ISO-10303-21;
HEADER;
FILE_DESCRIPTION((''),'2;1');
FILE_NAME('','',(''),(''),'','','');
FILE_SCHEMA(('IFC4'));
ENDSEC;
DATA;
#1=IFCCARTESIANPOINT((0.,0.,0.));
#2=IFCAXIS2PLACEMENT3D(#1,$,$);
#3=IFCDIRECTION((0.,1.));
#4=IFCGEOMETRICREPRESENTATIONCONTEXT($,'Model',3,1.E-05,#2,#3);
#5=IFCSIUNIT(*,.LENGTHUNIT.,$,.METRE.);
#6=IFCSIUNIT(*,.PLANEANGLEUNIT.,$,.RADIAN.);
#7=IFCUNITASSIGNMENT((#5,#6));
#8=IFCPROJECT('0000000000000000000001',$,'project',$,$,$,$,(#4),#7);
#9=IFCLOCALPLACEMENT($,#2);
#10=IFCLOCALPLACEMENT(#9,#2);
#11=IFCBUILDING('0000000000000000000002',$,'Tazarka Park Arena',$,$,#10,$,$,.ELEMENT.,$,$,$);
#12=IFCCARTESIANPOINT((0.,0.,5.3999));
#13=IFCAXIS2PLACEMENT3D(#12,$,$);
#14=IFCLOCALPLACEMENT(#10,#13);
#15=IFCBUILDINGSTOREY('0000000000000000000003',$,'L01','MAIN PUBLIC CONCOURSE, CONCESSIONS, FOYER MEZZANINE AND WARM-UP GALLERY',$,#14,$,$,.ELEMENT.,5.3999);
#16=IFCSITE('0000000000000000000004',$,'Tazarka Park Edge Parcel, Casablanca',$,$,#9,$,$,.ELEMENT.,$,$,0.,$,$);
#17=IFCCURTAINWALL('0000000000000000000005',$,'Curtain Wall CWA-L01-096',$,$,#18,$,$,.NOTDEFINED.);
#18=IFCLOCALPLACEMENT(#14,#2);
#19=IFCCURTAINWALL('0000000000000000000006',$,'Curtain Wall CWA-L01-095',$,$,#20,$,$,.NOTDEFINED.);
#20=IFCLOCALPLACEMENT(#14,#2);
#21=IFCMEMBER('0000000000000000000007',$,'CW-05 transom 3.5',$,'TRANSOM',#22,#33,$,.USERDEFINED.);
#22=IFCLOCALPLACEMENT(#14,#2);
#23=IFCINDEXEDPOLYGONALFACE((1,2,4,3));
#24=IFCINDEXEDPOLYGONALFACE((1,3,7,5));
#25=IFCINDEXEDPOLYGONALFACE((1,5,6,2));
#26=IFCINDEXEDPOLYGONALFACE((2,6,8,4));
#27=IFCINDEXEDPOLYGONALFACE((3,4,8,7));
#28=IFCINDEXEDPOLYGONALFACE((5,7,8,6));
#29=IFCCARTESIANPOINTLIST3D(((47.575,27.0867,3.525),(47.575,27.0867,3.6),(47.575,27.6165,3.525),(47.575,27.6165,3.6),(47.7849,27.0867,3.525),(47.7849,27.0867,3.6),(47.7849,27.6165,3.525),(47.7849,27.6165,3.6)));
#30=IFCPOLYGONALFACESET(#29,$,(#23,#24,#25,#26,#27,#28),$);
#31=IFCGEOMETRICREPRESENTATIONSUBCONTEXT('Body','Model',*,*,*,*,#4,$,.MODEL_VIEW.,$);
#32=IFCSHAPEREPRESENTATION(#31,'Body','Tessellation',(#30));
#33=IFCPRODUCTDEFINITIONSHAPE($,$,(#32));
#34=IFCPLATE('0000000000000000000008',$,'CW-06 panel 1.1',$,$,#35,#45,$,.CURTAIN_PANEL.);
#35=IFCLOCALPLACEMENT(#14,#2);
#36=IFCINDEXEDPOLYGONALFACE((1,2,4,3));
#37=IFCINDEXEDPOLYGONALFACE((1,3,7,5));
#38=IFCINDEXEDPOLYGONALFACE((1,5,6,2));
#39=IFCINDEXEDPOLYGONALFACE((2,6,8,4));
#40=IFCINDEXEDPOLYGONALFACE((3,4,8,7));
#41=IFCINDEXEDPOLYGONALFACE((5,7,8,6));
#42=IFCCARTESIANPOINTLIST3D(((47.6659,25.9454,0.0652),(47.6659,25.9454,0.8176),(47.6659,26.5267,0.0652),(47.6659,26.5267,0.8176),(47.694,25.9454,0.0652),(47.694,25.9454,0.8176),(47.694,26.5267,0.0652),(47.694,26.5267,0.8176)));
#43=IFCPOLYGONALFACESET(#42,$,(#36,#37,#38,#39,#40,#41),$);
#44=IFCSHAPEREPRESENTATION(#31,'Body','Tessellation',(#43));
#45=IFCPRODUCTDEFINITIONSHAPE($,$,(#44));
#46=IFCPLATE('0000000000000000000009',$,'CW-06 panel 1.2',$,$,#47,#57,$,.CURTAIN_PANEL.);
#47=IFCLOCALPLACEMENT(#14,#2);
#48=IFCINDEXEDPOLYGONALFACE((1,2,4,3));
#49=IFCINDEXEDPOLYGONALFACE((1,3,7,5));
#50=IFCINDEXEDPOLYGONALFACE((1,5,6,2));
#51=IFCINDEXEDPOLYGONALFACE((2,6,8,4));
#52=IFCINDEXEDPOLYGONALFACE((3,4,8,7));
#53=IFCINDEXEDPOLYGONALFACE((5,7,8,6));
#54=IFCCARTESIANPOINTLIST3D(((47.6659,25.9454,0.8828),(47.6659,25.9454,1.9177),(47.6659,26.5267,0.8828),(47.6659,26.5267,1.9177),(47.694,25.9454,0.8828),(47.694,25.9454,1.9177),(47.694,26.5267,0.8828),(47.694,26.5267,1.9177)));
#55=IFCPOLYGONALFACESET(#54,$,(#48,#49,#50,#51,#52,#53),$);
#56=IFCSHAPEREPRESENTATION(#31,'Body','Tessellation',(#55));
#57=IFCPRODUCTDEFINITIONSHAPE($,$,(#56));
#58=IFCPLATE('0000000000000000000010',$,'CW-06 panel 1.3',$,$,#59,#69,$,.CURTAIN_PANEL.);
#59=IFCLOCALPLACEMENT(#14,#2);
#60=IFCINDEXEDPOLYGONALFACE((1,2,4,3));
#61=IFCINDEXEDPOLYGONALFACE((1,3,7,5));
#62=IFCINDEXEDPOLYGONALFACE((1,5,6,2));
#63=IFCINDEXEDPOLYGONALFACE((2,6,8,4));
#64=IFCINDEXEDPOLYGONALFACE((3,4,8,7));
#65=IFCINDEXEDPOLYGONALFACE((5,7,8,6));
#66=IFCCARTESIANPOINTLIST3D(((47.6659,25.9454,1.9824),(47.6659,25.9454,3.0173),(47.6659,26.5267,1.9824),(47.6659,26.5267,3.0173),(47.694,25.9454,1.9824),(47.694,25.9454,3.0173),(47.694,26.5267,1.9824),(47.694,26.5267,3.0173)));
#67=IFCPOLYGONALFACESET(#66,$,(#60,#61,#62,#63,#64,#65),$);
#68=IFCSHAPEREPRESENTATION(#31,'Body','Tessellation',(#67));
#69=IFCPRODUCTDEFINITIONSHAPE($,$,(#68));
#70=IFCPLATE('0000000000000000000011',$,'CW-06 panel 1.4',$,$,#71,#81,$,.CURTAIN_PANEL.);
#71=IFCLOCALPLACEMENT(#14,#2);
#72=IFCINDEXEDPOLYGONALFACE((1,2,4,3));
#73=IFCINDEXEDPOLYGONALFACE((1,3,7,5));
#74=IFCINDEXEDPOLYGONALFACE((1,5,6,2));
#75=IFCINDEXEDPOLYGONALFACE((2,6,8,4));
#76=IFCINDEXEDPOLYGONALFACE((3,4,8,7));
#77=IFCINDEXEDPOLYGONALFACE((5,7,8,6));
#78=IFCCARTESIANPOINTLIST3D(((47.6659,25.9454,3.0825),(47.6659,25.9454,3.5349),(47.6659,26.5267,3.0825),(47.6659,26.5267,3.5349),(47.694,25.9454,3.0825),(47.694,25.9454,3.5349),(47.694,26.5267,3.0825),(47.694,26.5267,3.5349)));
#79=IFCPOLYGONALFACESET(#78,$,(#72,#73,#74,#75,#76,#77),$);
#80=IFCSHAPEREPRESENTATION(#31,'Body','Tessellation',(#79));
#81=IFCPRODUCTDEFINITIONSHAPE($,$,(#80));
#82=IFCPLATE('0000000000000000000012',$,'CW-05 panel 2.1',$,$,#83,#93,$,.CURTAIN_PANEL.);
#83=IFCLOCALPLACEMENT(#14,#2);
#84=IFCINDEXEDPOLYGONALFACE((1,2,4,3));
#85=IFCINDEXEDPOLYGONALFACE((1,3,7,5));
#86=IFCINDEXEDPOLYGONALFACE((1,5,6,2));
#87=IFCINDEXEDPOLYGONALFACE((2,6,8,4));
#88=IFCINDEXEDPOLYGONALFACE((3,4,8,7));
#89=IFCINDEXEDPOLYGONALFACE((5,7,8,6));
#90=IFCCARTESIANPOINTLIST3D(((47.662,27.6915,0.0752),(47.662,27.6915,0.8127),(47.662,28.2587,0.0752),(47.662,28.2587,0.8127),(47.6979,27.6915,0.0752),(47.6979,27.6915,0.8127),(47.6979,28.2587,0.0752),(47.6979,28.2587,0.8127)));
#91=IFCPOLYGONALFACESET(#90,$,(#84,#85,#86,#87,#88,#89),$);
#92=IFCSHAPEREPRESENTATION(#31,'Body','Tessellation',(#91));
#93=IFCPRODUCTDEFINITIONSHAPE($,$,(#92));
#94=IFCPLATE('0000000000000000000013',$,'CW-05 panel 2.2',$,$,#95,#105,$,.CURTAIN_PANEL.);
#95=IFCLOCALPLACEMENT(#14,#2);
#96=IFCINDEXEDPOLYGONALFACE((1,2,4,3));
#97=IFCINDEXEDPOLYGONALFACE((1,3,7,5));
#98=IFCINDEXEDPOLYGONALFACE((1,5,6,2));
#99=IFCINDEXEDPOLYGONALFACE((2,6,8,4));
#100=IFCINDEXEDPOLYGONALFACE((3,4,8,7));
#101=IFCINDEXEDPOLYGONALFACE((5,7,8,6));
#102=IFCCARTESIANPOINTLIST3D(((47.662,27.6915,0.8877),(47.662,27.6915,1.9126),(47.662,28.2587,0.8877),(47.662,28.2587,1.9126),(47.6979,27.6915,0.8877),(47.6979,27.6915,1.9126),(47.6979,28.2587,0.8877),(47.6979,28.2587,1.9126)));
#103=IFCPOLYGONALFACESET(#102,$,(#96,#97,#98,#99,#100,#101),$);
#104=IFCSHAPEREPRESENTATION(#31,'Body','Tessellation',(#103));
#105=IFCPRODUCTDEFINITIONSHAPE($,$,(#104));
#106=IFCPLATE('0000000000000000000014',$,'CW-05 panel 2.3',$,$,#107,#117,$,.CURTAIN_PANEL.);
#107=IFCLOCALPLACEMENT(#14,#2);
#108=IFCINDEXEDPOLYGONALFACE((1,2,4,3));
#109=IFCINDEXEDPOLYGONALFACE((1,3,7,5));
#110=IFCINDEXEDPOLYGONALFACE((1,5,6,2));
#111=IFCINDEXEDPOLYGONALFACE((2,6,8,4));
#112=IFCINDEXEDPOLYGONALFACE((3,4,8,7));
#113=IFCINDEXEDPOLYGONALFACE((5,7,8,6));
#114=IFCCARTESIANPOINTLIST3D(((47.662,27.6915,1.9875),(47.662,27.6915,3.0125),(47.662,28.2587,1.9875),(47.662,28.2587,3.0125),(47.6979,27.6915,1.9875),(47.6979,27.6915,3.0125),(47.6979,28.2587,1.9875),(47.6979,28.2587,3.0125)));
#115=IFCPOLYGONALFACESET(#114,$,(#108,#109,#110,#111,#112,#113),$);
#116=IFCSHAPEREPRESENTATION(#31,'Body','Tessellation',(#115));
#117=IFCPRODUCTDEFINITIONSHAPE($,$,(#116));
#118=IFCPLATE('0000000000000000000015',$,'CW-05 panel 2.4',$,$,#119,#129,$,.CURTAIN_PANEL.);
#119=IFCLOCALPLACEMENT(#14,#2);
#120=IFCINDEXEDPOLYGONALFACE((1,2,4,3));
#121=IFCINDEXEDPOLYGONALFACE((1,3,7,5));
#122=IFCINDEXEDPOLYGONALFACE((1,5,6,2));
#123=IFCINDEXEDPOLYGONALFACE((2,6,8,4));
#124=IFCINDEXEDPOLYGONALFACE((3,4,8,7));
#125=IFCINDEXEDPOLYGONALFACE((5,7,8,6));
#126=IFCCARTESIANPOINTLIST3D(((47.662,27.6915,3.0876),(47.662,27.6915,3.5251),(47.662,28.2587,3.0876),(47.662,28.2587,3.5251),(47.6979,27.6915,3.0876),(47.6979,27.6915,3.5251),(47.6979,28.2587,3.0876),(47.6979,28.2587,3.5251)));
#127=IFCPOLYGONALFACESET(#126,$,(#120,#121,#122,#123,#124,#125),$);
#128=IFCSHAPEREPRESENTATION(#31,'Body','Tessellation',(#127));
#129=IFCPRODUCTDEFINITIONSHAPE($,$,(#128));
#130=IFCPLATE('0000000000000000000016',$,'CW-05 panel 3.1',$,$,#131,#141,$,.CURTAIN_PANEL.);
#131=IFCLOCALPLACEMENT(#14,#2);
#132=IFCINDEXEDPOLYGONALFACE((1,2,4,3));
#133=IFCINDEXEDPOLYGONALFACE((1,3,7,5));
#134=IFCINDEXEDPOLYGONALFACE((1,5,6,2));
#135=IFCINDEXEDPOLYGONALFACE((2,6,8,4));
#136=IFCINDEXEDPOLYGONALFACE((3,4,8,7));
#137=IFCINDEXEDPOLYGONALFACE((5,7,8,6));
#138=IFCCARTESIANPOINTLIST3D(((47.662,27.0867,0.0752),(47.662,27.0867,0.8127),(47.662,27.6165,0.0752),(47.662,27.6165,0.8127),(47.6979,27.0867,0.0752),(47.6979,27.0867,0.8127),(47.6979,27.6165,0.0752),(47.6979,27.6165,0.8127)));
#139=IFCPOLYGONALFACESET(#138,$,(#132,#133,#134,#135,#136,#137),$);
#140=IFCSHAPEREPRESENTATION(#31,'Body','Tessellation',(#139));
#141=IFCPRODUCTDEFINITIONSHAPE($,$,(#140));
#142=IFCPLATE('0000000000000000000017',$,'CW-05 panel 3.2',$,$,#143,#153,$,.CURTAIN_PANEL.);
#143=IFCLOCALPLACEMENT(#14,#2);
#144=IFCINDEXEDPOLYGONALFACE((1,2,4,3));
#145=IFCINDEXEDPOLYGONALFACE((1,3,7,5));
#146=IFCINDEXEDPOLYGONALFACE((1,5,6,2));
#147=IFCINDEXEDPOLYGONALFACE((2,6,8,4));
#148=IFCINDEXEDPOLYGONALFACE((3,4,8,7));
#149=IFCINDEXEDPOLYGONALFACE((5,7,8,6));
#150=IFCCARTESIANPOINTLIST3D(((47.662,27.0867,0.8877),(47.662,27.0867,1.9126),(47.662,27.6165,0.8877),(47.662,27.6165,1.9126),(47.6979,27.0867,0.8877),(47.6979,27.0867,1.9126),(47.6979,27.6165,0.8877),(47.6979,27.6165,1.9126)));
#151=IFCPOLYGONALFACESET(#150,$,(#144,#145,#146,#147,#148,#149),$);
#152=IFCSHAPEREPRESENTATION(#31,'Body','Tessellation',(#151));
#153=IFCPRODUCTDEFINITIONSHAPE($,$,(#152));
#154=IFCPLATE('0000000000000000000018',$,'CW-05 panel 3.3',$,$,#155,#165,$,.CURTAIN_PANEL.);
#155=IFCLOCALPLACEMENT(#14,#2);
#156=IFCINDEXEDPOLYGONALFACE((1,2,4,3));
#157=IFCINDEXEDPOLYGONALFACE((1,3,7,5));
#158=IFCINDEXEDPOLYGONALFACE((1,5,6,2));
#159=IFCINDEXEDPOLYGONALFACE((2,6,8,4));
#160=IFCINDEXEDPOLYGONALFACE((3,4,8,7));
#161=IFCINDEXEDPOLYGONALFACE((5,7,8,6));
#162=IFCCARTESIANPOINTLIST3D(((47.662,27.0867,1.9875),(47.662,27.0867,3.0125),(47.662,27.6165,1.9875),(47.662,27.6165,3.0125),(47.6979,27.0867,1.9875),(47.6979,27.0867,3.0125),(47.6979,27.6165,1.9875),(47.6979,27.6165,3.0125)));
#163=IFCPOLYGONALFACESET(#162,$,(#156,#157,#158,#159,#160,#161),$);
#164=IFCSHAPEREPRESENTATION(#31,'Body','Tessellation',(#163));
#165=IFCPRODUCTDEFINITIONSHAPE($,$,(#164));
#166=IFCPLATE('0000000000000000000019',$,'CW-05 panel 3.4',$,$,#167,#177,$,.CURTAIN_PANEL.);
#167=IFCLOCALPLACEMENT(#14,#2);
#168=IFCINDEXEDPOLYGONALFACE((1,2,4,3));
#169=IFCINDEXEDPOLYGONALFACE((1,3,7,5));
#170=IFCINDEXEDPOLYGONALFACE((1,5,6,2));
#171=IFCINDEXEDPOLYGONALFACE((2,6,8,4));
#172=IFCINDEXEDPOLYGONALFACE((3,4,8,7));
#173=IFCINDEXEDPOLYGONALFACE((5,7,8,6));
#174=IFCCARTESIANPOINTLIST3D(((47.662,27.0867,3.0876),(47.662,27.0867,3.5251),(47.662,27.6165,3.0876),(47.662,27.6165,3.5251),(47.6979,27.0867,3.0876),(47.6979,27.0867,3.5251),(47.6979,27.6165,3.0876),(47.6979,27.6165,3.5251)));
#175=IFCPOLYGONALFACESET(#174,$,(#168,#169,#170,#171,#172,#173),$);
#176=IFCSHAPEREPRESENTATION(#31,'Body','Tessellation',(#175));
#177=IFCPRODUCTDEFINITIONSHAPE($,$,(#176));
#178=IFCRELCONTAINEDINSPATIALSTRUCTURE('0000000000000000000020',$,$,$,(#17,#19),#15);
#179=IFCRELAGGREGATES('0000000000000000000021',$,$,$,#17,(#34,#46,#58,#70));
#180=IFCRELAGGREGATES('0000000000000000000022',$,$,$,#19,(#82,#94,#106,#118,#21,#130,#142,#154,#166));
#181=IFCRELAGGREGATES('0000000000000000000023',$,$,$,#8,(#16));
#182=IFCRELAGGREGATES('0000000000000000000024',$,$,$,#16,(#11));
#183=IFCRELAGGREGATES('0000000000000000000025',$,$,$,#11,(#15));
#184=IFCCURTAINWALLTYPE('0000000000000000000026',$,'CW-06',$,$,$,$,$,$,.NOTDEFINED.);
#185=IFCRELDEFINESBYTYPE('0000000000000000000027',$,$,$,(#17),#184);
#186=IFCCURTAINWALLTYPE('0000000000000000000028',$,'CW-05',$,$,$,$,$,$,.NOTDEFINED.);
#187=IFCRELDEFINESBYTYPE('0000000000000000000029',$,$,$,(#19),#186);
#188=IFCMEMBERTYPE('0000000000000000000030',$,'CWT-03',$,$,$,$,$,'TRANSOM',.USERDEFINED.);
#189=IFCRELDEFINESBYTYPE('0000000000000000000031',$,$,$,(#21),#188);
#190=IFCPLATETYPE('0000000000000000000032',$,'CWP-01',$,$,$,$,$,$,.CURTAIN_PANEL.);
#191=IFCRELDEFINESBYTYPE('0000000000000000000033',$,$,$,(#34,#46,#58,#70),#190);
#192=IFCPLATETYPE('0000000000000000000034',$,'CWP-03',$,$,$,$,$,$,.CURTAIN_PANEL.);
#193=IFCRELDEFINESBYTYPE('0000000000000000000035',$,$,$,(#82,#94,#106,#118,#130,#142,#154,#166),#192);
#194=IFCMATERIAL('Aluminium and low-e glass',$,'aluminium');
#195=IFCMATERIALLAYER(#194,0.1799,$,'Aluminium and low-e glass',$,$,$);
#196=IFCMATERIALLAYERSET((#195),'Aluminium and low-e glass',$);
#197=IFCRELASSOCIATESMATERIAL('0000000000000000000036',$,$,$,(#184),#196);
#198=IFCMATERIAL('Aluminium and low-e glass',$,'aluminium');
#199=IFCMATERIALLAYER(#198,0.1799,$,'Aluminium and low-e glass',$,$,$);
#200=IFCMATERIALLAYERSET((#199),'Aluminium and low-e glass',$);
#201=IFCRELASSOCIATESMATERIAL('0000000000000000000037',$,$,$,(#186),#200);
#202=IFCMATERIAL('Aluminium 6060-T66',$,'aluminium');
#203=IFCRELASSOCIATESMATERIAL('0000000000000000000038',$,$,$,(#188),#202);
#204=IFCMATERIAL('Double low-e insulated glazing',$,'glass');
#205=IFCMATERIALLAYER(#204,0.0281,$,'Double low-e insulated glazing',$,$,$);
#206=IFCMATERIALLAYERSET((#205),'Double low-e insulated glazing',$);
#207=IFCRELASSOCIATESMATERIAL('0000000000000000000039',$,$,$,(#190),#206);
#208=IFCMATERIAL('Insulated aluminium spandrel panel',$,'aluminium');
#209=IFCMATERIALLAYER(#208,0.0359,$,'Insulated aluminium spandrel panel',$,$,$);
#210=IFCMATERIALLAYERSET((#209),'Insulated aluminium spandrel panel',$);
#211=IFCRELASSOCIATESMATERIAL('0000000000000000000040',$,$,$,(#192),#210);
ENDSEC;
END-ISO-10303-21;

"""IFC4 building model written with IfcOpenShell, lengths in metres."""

from ifc_helpers import new_model, si_unit, direction, frame, origin, origin_2d, place, context, subcontext, project, spatial, rectangle, extrude, material, layer, layer_set, material_profile, profile_set, type_object, element, aggregate, save


model = new_model("IFC4")

# Units and contexts
model_context = context("Model", 3, precision=1e-05, world=origin(), true_north=direction((0.0, 1.0)))
body_context = subcontext(model_context, "Body", "Model", "MODEL_VIEW")
ifc_project = project(units=[si_unit("LENGTHUNIT", "METRE"), si_unit("PLANEANGLEUNIT", "RADIAN")], contexts=[model_context])

# Site, building, storey
site_placement = place(None, origin())
site = spatial("IfcSite", under=ifc_project, at=site_placement, Name="Tazarka Park Edge Parcel, Casablanca", CompositionType="ELEMENT", RefElevation=0.0)
building_placement = place(site_placement, origin())
building = spatial("IfcBuilding", under=site, at=building_placement, Name="Tazarka Park Arena", CompositionType="ELEMENT")
storey_placement = place(building_placement, frame((0.0, 0.0, 5.3999)))
storey = spatial("IfcBuildingStorey", under=building, at=storey_placement, Name="L01", Description="MAIN PUBLIC CONCOURSE, CONCESSIONS, FOYER MEZZANINE AND WARM-UP GALLERY", CompositionType="ELEMENT", Elevation=5.3999)

# Curtain wall
ifc_material_1 = material(Name="Aluminium and low-e glass", Category="aluminium")
ifc_layer_1 = layer(ifc_material_1, 0.1799, Name="Aluminium and low-e glass")
ifc_layer_set_1 = layer_set([ifc_layer_1], Name="Aluminium and low-e glass")
curtain_wall_type_1 = type_object("IfcCurtainWallType", Name="CW-06", PredefinedType="NOTDEFINED", material=ifc_layer_set_1)
curtain_wall_1_placement = place(storey_placement, origin())
curtain_wall_1 = element("IfcCurtainWall", 1, at=curtain_wall_1_placement, inside=storey, type_object=curtain_wall_type_1, Name="Curtain Wall CWA-L01-096", PredefinedType="NOTDEFINED")

# Curtain wall
ifc_material_2 = material(Name="Aluminium and low-e glass", Category="aluminium")
ifc_layer_2 = layer(ifc_material_2, 0.1799, Name="Aluminium and low-e glass")
ifc_layer_set_2 = layer_set([ifc_layer_2], Name="Aluminium and low-e glass")
curtain_wall_type_2 = type_object("IfcCurtainWallType", Name="CW-05", PredefinedType="NOTDEFINED", material=ifc_layer_set_2)
curtain_wall_2_placement = place(storey_placement, origin())
curtain_wall_2 = element("IfcCurtainWall", 2, at=curtain_wall_2_placement, inside=storey, type_object=curtain_wall_type_2, Name="Curtain Wall CWA-L01-095", PredefinedType="NOTDEFINED")

# Member
ifc_material_3 = material(Name="Aluminium 6060-T66", Category="aluminium")
ifc_material_profile_1 = material_profile(ifc_material_3, rectangle(XDim=0.21, YDim=0.075, at=origin_2d()), Name="Aluminium 6060-T66")
ifc_profile_set_1 = profile_set([ifc_material_profile_1], Name="Aluminium 6060-T66")
member_type_1 = type_object("IfcMemberType", Name="CWT-03", ElementType="TRANSOM", PredefinedType="USERDEFINED", material=ifc_profile_set_1)
member_1_placement = place(storey_placement, frame((47.6799, 27.6165, 3.5625), z_axis=(0.0, -1.0, 0.0), x_axis=(1.0, 0.0, 0.0)))
member_1 = element("IfcMember", 3, at=member_1_placement, type_object=member_type_1, Name="CW-05 transom 3.5", ObjectType="TRANSOM", PredefinedType="USERDEFINED", context=body_context, shape_type="SweptSolid", body=[
    extrude(rectangle(XDim=0.21, YDim=0.075, at=origin_2d()), origin(), (0.0, 0.0, 1.0), 0.5298),
])

# Plates
ifc_material_4 = material(Name="Double low-e insulated glazing", Category="glass")
ifc_layer_3 = layer(ifc_material_4, 0.0281, Name="Double low-e insulated glazing")
ifc_layer_set_3 = layer_set([ifc_layer_3], Name="Double low-e insulated glazing")
plate_type_1 = type_object("IfcPlateType", Name="CWP-01", PredefinedType="CURTAIN_PANEL", material=ifc_layer_set_3)
plate_1_placement = place(storey_placement, frame((47.6799, 26.2361, 0.0652), z_axis=(0.0, 0.0, 1.0), x_axis=(0.0, -1.0, 0.0)))
plate_1 = element("IfcPlate", 4, at=plate_1_placement, type_object=plate_type_1, Name="CW-06 panel 1.1", PredefinedType="CURTAIN_PANEL", context=body_context, shape_type="SweptSolid", body=[
    extrude(rectangle(XDim=0.5813, YDim=0.0281, at=origin_2d()), origin(), (0.0, 0.0, 1.0), 0.7524),
])
plate_2_placement = place(storey_placement, frame((47.6799, 26.2361, 0.8828), z_axis=(0.0, 0.0, 1.0), x_axis=(0.0, -1.0, 0.0)))
plate_2 = element("IfcPlate", 5, at=plate_2_placement, type_object=plate_type_1, Name="CW-06 panel 1.2", PredefinedType="CURTAIN_PANEL", context=body_context, shape_type="SweptSolid", body=[
    extrude(rectangle(XDim=0.5813, YDim=0.0281, at=origin_2d()), origin(), (0.0, 0.0, 1.0), 1.0349),
])
plate_3_placement = place(storey_placement, frame((47.6799, 26.2361, 1.9824), z_axis=(0.0, 0.0, 1.0), x_axis=(0.0, -1.0, 0.0)))
plate_3 = element("IfcPlate", 6, at=plate_3_placement, type_object=plate_type_1, Name="CW-06 panel 1.3", PredefinedType="CURTAIN_PANEL", context=body_context, shape_type="SweptSolid", body=[
    extrude(rectangle(XDim=0.5813, YDim=0.0281, at=origin_2d()), origin(), (0.0, 0.0, 1.0), 1.0349),
])
plate_4_placement = place(storey_placement, frame((47.6799, 26.2361, 3.0825), z_axis=(0.0, 0.0, 1.0), x_axis=(0.0, -1.0, 0.0)))
plate_4 = element("IfcPlate", 7, at=plate_4_placement, type_object=plate_type_1, Name="CW-06 panel 1.4", PredefinedType="CURTAIN_PANEL", context=body_context, shape_type="SweptSolid", body=[
    extrude(rectangle(XDim=0.5813, YDim=0.0281, at=origin_2d()), origin(), (0.0, 0.0, 1.0), 0.4524),
])
aggregate(curtain_wall_1, [plate_1, plate_2, plate_3, plate_4])
ifc_material_5 = material(Name="Insulated aluminium spandrel panel", Category="aluminium")
ifc_layer_4 = layer(ifc_material_5, 0.0359, Name="Insulated aluminium spandrel panel")
ifc_layer_set_4 = layer_set([ifc_layer_4], Name="Insulated aluminium spandrel panel")
plate_type_2 = type_object("IfcPlateType", Name="CWP-03", PredefinedType="CURTAIN_PANEL", material=ifc_layer_set_4)
plate_5_placement = place(storey_placement, frame((47.6799, 27.9751, 0.0752), z_axis=(0.0, 0.0, 1.0), x_axis=(0.0, -1.0, 0.0)))
plate_5 = element("IfcPlate", 8, at=plate_5_placement, type_object=plate_type_2, Name="CW-05 panel 2.1", PredefinedType="CURTAIN_PANEL", context=body_context, shape_type="SweptSolid", body=[
    extrude(rectangle(XDim=0.5671, YDim=0.0359, at=origin_2d()), origin(), (0.0, 0.0, 1.0), 0.7375),
])
plate_6_placement = place(storey_placement, frame((47.6799, 27.9751, 0.8877), z_axis=(0.0, 0.0, 1.0), x_axis=(0.0, -1.0, 0.0)))
plate_6 = element("IfcPlate", 9, at=plate_6_placement, type_object=plate_type_2, Name="CW-05 panel 2.2", PredefinedType="CURTAIN_PANEL", context=body_context, shape_type="SweptSolid", body=[
    extrude(rectangle(XDim=0.5671, YDim=0.0359, at=origin_2d()), origin(), (0.0, 0.0, 1.0), 1.0249),
])
plate_7_placement = place(storey_placement, frame((47.6799, 27.9751, 1.9875), z_axis=(0.0, 0.0, 1.0), x_axis=(0.0, -1.0, 0.0)))
plate_7 = element("IfcPlate", 10, at=plate_7_placement, type_object=plate_type_2, Name="CW-05 panel 2.3", PredefinedType="CURTAIN_PANEL", context=body_context, shape_type="SweptSolid", body=[
    extrude(rectangle(XDim=0.5671, YDim=0.0359, at=origin_2d()), origin(), (0.0, 0.0, 1.0), 1.0249),
])
plate_8_placement = place(storey_placement, frame((47.6799, 27.9751, 3.0876), z_axis=(0.0, 0.0, 1.0), x_axis=(0.0, -1.0, 0.0)))
plate_8 = element("IfcPlate", 11, at=plate_8_placement, type_object=plate_type_2, Name="CW-05 panel 2.4", PredefinedType="CURTAIN_PANEL", context=body_context, shape_type="SweptSolid", body=[
    extrude(rectangle(XDim=0.5671, YDim=0.0359, at=origin_2d()), origin(), (0.0, 0.0, 1.0), 0.4375),
])
plate_9_placement = place(storey_placement, frame((47.6799, 27.3516, 0.0752), z_axis=(0.0, 0.0, 1.0), x_axis=(0.0, -1.0, 0.0)))
plate_9 = element("IfcPlate", 12, at=plate_9_placement, type_object=plate_type_2, Name="CW-05 panel 3.1", PredefinedType="CURTAIN_PANEL", context=body_context, shape_type="SweptSolid", body=[
    extrude(rectangle(XDim=0.5298, YDim=0.0359, at=origin_2d()), origin(), (0.0, 0.0, 1.0), 0.7375),
])
plate_10_placement = place(storey_placement, frame((47.6799, 27.3516, 0.8877), z_axis=(0.0, 0.0, 1.0), x_axis=(0.0, -1.0, 0.0)))
plate_10 = element("IfcPlate", 13, at=plate_10_placement, type_object=plate_type_2, Name="CW-05 panel 3.2", PredefinedType="CURTAIN_PANEL", context=body_context, shape_type="SweptSolid", body=[
    extrude(rectangle(XDim=0.5298, YDim=0.0359, at=origin_2d()), origin(), (0.0, 0.0, 1.0), 1.0249),
])
plate_11_placement = place(storey_placement, frame((47.6799, 27.3516, 1.9875), z_axis=(0.0, 0.0, 1.0), x_axis=(0.0, -1.0, 0.0)))
plate_11 = element("IfcPlate", 14, at=plate_11_placement, type_object=plate_type_2, Name="CW-05 panel 3.3", PredefinedType="CURTAIN_PANEL", context=body_context, shape_type="SweptSolid", body=[
    extrude(rectangle(XDim=0.5298, YDim=0.0359, at=origin_2d()), origin(), (0.0, 0.0, 1.0), 1.0249),
])
plate_12_placement = place(storey_placement, frame((47.6799, 27.3516, 3.0876), z_axis=(0.0, 0.0, 1.0), x_axis=(0.0, -1.0, 0.0)))
plate_12 = element("IfcPlate", 15, at=plate_12_placement, type_object=plate_type_2, Name="CW-05 panel 3.4", PredefinedType="CURTAIN_PANEL", context=body_context, shape_type="SweptSolid", body=[
    extrude(rectangle(XDim=0.5298, YDim=0.0359, at=origin_2d()), origin(), (0.0, 0.0, 1.0), 0.4375),
])
aggregate(curtain_wall_2, [plate_5, plate_6, plate_7, plate_8, member_1, plate_9, plate_10, plate_11, plate_12])

save(model, "model.ifc")
